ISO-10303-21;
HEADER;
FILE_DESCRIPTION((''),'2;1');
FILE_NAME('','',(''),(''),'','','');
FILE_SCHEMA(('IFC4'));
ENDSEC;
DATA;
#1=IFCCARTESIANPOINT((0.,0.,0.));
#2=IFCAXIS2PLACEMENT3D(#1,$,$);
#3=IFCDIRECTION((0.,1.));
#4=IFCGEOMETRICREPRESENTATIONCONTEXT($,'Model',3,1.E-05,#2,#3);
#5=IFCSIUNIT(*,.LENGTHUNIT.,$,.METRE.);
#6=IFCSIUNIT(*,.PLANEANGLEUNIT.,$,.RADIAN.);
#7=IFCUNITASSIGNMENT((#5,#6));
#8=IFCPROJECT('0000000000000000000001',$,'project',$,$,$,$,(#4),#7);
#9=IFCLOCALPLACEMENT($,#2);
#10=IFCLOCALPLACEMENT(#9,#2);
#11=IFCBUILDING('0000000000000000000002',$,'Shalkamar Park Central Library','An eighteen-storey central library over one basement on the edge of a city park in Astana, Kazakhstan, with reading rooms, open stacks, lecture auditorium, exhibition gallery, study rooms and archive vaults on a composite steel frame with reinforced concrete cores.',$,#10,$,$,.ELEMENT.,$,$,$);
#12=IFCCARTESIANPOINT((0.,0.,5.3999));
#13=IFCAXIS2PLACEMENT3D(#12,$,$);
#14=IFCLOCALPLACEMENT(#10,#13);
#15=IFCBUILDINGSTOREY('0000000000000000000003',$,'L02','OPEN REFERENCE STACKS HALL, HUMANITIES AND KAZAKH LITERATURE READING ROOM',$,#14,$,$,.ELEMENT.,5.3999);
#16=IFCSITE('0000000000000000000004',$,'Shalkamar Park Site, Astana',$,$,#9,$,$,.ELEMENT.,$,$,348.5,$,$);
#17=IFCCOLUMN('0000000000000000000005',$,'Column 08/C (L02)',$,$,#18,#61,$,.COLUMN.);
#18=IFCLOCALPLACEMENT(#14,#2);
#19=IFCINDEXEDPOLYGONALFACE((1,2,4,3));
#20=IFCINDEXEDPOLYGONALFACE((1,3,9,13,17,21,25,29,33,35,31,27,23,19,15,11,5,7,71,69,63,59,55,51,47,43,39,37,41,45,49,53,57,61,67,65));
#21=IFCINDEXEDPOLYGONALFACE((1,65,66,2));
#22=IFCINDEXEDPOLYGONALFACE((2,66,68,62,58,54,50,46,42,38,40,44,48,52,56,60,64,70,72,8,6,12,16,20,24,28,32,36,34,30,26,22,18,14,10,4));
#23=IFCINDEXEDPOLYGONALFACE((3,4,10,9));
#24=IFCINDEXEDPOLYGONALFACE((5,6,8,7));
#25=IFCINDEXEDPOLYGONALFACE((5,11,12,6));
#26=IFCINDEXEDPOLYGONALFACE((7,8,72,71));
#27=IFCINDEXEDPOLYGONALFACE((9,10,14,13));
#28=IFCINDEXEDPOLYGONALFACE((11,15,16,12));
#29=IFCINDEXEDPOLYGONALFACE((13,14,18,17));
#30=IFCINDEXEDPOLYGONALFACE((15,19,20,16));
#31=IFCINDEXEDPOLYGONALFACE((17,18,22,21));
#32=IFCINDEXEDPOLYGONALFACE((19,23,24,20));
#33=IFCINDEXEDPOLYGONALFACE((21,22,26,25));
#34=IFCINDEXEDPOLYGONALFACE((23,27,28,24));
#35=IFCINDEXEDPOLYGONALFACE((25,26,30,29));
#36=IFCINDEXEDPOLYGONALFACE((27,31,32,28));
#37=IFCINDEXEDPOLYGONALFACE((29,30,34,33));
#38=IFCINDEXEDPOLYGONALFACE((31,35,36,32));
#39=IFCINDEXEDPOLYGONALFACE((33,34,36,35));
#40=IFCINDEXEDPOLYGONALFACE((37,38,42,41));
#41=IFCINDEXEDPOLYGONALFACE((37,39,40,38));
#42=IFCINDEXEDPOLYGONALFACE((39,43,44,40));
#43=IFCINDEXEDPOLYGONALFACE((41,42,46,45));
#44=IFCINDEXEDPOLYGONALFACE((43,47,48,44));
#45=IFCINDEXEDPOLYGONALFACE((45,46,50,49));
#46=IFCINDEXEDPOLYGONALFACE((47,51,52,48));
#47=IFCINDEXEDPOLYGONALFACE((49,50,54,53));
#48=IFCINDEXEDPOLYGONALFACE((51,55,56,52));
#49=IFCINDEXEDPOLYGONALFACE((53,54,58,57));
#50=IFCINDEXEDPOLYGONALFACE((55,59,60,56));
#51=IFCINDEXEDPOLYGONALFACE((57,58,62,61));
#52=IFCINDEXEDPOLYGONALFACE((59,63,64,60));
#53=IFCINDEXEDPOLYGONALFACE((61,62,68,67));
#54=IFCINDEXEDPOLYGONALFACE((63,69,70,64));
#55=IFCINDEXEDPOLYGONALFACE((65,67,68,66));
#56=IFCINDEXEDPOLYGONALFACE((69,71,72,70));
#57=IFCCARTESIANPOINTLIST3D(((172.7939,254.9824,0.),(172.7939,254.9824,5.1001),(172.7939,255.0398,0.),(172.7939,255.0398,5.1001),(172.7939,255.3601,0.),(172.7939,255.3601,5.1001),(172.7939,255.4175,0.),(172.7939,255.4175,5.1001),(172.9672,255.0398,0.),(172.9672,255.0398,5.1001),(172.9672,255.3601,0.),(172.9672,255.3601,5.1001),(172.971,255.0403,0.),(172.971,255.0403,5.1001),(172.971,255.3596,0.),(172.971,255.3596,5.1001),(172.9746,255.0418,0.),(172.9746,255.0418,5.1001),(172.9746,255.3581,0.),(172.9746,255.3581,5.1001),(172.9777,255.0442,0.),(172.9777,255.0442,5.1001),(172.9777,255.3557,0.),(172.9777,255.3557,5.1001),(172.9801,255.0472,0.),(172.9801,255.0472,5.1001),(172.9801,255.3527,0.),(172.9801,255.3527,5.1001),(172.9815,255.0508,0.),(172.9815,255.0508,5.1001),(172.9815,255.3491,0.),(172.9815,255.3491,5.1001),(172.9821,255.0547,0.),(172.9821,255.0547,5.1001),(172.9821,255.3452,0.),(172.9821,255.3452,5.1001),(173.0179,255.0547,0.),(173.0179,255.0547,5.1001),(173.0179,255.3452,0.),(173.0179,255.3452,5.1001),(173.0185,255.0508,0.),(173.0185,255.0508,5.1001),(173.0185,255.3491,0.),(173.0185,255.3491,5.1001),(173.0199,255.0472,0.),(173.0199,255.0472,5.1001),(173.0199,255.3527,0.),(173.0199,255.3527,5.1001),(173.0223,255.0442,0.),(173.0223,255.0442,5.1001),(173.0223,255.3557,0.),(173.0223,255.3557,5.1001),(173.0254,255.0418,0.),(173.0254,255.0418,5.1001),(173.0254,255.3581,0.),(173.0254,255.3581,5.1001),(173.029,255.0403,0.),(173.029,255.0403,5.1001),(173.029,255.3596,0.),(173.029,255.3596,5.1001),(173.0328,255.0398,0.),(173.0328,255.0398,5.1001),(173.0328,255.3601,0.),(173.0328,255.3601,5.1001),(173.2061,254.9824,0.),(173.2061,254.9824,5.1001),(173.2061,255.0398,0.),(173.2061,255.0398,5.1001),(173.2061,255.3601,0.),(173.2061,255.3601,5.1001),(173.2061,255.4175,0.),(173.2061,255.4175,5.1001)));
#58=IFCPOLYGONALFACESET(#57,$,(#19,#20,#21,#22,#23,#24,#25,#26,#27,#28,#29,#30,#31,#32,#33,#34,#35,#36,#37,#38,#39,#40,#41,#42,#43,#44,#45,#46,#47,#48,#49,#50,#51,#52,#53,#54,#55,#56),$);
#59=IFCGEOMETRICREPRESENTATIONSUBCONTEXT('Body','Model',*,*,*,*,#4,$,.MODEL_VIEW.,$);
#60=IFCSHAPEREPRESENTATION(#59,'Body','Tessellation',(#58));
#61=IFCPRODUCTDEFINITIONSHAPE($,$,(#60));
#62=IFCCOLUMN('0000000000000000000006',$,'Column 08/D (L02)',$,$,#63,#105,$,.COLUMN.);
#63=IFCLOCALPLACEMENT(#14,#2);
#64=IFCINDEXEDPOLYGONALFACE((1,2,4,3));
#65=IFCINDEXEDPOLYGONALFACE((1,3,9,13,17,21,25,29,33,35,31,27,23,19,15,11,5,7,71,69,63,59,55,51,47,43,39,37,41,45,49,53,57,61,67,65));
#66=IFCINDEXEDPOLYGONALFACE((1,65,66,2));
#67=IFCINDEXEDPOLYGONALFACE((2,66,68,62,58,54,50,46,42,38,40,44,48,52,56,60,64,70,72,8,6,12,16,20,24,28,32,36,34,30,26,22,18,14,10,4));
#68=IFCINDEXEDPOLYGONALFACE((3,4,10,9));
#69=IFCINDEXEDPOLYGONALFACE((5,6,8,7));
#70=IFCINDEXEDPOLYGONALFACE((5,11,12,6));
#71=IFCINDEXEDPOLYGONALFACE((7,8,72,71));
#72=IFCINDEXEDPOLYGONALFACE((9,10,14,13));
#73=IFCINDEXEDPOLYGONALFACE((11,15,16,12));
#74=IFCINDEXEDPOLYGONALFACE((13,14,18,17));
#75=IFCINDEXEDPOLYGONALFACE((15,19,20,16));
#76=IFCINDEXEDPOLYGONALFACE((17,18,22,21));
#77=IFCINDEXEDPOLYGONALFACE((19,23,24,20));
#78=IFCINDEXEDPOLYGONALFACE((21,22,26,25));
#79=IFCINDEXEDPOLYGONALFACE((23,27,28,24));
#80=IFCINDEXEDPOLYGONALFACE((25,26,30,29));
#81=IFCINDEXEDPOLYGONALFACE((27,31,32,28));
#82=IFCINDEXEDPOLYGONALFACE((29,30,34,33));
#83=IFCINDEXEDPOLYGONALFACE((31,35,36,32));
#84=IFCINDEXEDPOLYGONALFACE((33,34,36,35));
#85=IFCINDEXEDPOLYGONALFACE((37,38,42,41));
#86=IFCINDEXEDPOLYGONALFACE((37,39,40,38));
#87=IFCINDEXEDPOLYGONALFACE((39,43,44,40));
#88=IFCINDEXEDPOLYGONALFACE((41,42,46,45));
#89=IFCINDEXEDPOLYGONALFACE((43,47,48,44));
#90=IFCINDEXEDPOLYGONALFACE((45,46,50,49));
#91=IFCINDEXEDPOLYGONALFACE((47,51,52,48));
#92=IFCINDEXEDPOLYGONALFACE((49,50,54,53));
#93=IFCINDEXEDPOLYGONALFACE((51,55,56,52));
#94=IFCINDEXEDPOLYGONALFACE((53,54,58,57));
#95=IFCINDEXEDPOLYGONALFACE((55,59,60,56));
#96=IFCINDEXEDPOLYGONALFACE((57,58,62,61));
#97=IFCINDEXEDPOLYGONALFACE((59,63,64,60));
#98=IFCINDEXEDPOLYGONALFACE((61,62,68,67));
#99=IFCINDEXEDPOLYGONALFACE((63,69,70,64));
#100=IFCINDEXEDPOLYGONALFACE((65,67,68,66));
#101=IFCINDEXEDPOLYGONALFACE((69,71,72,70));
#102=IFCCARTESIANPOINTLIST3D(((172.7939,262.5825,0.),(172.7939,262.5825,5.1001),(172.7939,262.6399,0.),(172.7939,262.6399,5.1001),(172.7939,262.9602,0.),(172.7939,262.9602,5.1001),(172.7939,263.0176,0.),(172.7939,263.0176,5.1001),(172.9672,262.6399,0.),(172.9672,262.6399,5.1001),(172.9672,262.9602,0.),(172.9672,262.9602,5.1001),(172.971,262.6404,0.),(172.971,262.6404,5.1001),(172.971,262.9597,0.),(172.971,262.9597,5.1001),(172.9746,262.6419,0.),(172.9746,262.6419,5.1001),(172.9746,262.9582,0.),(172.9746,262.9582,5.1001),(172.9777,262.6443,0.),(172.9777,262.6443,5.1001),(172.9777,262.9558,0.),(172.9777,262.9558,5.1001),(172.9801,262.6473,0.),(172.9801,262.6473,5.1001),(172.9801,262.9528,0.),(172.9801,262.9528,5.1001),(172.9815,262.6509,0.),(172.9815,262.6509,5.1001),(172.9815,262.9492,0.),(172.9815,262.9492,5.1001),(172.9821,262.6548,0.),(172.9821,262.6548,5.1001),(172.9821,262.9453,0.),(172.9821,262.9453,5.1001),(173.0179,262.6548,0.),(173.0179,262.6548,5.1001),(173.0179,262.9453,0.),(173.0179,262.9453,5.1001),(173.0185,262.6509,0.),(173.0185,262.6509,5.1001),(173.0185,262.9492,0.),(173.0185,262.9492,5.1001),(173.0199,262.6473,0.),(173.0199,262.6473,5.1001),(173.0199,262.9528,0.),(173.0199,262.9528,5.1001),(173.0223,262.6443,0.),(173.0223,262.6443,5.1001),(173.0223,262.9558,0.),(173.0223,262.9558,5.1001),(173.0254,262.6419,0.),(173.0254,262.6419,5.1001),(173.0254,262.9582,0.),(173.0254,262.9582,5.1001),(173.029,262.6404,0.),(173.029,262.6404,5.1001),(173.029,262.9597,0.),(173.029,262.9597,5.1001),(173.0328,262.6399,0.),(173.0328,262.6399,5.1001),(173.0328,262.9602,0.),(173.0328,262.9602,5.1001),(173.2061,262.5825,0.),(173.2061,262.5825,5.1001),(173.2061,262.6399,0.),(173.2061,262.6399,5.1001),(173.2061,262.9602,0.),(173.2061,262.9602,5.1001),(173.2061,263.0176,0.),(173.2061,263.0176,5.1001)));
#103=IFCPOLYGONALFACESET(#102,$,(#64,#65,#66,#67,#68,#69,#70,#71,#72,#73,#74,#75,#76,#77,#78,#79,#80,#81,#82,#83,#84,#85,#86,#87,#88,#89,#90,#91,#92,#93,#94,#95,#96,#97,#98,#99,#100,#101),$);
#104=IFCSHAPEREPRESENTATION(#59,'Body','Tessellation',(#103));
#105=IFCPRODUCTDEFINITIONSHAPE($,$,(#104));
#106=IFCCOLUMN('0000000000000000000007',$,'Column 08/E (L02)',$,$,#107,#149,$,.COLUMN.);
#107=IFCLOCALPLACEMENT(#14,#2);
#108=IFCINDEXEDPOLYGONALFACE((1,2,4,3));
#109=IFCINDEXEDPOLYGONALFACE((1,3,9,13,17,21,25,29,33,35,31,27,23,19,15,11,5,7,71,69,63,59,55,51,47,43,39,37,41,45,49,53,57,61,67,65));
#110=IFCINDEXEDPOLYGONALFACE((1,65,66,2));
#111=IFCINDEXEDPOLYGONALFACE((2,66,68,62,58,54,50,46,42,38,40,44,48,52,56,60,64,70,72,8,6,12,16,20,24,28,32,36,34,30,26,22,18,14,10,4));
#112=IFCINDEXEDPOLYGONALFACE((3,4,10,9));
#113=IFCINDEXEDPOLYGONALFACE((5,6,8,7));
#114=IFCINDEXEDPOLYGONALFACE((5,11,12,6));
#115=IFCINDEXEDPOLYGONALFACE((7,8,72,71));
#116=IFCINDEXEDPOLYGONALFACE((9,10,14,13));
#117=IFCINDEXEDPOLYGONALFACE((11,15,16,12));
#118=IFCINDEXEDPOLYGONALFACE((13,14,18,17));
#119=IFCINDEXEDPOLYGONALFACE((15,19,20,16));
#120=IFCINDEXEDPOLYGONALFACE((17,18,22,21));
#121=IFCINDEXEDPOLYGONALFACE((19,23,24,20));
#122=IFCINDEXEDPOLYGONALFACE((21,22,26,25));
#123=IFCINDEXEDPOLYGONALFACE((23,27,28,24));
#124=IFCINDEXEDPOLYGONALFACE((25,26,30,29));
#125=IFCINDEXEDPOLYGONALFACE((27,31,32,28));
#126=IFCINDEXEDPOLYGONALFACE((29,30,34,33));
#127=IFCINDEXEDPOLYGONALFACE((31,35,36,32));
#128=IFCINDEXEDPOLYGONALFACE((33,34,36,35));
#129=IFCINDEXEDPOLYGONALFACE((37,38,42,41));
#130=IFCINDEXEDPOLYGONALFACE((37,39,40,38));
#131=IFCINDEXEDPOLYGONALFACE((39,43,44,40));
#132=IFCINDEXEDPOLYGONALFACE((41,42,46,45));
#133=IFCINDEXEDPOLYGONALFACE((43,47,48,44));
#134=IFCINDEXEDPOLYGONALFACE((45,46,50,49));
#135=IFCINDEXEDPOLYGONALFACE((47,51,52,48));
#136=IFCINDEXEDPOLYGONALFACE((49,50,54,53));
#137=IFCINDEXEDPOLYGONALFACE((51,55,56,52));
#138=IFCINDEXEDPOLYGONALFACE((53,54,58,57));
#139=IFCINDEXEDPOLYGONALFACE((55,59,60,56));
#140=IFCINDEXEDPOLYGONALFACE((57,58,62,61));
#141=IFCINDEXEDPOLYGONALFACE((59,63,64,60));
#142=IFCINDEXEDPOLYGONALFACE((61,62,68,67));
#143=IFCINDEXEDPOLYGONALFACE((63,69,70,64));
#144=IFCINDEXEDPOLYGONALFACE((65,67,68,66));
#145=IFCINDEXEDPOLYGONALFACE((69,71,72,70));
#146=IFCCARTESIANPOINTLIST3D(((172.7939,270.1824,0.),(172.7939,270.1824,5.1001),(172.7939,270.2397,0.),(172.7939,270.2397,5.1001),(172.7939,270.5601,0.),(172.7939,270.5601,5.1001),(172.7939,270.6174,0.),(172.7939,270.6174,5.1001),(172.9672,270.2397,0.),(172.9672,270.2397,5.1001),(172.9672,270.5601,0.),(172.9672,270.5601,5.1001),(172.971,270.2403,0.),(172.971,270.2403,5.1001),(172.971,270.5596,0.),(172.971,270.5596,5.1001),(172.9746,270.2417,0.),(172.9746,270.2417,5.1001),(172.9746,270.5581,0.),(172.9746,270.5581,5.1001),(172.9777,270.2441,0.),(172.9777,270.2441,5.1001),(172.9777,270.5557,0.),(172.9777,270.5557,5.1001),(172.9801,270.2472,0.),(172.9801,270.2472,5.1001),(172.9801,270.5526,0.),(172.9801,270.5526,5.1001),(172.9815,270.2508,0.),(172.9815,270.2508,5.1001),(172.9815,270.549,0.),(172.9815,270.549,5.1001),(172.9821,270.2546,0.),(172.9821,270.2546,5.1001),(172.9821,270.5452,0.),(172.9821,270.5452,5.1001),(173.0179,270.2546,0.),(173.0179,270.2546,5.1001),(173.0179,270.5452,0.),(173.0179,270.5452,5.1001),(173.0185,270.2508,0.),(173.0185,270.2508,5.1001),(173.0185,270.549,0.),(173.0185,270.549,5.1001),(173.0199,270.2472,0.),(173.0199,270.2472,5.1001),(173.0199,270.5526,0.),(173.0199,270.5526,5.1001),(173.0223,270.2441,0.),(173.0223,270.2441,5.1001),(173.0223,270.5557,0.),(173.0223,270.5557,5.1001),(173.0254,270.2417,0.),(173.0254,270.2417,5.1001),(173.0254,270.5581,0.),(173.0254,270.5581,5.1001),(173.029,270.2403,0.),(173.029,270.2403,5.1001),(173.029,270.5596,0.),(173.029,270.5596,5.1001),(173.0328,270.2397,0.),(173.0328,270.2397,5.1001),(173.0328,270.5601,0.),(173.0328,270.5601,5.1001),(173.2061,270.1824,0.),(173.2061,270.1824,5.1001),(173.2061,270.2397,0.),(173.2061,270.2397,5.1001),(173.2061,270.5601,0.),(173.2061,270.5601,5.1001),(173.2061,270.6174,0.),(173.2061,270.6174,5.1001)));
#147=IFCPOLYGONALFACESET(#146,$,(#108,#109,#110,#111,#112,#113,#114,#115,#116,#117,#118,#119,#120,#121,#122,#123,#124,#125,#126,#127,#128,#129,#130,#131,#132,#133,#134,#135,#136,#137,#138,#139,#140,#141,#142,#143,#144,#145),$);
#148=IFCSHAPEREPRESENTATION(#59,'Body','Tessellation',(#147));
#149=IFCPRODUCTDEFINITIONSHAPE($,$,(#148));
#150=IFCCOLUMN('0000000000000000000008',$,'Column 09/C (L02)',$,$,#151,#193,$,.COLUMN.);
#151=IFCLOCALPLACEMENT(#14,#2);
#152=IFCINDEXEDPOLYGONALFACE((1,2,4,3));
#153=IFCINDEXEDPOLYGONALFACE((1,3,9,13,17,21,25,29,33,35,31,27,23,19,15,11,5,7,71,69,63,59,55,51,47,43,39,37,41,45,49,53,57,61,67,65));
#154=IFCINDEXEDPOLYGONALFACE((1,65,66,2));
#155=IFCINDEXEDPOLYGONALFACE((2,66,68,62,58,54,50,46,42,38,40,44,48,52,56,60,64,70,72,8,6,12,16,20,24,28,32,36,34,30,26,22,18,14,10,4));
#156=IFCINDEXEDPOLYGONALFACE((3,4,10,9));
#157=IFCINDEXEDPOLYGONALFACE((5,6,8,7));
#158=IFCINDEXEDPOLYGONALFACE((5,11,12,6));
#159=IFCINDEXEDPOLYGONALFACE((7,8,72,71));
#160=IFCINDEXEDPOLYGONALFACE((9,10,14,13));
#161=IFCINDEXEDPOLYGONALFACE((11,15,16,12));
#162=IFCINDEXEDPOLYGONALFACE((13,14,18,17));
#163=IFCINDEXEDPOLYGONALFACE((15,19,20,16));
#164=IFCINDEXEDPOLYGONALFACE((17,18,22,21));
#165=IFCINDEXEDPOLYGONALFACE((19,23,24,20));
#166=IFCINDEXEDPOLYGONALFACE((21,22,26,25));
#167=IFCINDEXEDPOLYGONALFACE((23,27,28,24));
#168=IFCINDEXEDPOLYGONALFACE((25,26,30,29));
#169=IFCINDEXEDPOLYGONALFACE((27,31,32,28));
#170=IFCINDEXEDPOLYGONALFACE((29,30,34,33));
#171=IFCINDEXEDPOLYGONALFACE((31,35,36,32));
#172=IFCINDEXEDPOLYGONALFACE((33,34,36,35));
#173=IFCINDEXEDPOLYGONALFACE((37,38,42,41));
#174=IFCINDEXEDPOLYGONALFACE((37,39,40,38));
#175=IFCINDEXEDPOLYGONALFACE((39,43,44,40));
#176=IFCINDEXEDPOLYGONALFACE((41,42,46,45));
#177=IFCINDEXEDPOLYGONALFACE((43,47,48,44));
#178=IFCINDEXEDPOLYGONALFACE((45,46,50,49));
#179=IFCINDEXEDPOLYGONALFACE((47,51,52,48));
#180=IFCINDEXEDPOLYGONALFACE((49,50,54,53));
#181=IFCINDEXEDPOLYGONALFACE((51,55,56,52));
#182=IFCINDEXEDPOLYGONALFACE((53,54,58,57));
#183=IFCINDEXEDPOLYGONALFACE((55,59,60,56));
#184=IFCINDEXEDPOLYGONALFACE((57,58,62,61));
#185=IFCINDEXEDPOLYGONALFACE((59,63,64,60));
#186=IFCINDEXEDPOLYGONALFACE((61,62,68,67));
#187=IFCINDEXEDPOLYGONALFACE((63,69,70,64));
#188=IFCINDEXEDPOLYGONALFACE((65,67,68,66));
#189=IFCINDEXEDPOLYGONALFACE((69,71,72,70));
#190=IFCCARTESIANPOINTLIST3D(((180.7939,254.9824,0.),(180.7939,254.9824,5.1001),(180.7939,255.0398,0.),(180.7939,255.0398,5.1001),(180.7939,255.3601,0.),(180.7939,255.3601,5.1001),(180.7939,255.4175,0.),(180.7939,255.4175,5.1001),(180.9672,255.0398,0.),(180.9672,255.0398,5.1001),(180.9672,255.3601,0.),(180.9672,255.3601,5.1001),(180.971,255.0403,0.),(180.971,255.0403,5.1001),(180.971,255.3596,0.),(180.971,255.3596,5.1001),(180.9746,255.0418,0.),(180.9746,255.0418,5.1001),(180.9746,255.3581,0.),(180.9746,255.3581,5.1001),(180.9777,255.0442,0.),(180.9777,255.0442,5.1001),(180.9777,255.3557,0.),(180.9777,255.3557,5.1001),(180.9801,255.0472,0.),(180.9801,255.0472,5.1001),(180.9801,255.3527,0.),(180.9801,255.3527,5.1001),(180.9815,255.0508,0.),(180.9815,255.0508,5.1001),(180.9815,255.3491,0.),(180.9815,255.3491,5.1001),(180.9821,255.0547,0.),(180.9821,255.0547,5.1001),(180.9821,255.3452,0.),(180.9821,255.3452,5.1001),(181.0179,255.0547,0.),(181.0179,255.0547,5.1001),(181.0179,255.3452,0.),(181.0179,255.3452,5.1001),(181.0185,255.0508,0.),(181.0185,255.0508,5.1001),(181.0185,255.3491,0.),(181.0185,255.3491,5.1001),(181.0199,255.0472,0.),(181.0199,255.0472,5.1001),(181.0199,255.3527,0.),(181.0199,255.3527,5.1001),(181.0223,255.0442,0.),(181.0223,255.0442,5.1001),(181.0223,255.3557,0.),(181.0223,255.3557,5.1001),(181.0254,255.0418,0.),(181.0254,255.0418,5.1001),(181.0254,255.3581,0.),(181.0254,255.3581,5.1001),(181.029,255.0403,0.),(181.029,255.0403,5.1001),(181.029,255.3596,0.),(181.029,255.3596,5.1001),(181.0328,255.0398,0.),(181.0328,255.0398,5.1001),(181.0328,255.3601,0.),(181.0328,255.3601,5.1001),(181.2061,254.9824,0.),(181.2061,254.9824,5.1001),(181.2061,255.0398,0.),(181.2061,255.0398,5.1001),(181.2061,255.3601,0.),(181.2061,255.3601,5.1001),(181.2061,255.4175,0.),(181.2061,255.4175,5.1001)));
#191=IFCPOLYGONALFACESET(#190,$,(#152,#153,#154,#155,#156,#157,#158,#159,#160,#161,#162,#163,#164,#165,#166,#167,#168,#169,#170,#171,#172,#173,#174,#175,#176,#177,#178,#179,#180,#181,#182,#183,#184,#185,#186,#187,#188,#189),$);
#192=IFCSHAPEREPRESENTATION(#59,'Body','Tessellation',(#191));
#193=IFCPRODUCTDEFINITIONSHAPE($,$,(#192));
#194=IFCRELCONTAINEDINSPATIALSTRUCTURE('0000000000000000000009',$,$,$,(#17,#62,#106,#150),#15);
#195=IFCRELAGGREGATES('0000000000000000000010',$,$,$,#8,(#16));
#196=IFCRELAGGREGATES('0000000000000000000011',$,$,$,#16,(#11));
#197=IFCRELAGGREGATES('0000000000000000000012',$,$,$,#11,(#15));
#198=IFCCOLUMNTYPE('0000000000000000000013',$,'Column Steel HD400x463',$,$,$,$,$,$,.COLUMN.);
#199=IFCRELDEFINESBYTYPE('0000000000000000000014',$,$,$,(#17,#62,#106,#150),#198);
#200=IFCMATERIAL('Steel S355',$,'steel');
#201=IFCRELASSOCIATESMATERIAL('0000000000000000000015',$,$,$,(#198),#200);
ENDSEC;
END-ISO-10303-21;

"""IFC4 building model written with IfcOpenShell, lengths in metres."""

from ifc_helpers import new_model, si_unit, direction, frame, origin, origin_2d, place, context, subcontext, project, spatial, i_section, extrude, material, material_profile, profile_set, type_object, element, save


model = new_model("IFC4")

# Units and contexts
model_context = context("Model", 3, precision=1e-05, world=origin(), true_north=direction((0.0, 1.0)))
body_context = subcontext(model_context, "Body", "Model", "MODEL_VIEW")
ifc_project = project(units=[si_unit("LENGTHUNIT", "METRE"), si_unit("PLANEANGLEUNIT", "RADIAN")], contexts=[model_context])

# Site, building, storey
site_placement = place(None, origin())
site = spatial("IfcSite", under=ifc_project, at=site_placement, Name="Shalkamar Park Site, Astana", CompositionType="ELEMENT", RefElevation=348.5)
building_placement = place(site_placement, origin())
building = spatial("IfcBuilding", under=site, at=building_placement, Name="Shalkamar Park Central Library", Description="An eighteen-storey central library over one basement on the edge of a city park in Astana, Kazakhstan, with reading rooms, open stacks, lecture auditorium, exhibition gallery, study rooms and archive vaults on a composite steel frame with reinforced concrete cores.", CompositionType="ELEMENT")
storey_placement = place(building_placement, frame((0.0, 0.0, 5.3999)))
storey = spatial("IfcBuildingStorey", under=building, at=storey_placement, Name="L02", Description="OPEN REFERENCE STACKS HALL, HUMANITIES AND KAZAKH LITERATURE READING ROOM", CompositionType="ELEMENT", Elevation=5.3999)

# Columns
ifc_material_1 = material(Name="Steel S355", Category="steel")
ifc_material_profile_1 = material_profile(ifc_material_1, i_section(OverallWidth=0.4121, OverallDepth=0.4351, WebThickness=0.0359, FlangeThickness=0.0574, FilletRadius=0.0149, at=origin_2d()), Name="HD 400x463")
ifc_profile_set_1 = profile_set([ifc_material_profile_1], Name="Steel S355")
column_type = type_object("IfcColumnType", Name="Column Steel HD400x463", PredefinedType="COLUMN", material=ifc_profile_set_1)
for number, where, z_axis, x_axis, name in (
    (1, (173.0, 255.2, 0.0), (0.0, 0.0, 1.0), (1.0, 0.0, 0.0), "Column 08/C (L02)"),
    (2, (173.0, 262.8, 0.0), (0.0, 0.0, 1.0), (1.0, 0.0, 0.0), "Column 08/D (L02)"),
    (3, (173.0, 270.3999, 0.0), (0.0, 0.0, 1.0), (1.0, 0.0, 0.0), "Column 08/E (L02)"),
    (4, (181.0, 255.2, 0.0), (0.0, 0.0, 1.0), (1.0, 0.0, 0.0), "Column 09/C (L02)"),
):
    element("IfcColumn", number, at=place(storey_placement, frame(where, z_axis=z_axis, x_axis=x_axis)), inside=storey, type_object=column_type, Name=name, PredefinedType="COLUMN", context=body_context, shape_type="SweptSolid", body=[
        extrude(i_section(OverallWidth=0.4121, OverallDepth=0.4351, WebThickness=0.0359, FlangeThickness=0.0574, FilletRadius=0.0149, at=origin_2d()), origin(), (0.0, 0.0, 1.0), 5.1001),
    ])

save(model, "model.ifc")
